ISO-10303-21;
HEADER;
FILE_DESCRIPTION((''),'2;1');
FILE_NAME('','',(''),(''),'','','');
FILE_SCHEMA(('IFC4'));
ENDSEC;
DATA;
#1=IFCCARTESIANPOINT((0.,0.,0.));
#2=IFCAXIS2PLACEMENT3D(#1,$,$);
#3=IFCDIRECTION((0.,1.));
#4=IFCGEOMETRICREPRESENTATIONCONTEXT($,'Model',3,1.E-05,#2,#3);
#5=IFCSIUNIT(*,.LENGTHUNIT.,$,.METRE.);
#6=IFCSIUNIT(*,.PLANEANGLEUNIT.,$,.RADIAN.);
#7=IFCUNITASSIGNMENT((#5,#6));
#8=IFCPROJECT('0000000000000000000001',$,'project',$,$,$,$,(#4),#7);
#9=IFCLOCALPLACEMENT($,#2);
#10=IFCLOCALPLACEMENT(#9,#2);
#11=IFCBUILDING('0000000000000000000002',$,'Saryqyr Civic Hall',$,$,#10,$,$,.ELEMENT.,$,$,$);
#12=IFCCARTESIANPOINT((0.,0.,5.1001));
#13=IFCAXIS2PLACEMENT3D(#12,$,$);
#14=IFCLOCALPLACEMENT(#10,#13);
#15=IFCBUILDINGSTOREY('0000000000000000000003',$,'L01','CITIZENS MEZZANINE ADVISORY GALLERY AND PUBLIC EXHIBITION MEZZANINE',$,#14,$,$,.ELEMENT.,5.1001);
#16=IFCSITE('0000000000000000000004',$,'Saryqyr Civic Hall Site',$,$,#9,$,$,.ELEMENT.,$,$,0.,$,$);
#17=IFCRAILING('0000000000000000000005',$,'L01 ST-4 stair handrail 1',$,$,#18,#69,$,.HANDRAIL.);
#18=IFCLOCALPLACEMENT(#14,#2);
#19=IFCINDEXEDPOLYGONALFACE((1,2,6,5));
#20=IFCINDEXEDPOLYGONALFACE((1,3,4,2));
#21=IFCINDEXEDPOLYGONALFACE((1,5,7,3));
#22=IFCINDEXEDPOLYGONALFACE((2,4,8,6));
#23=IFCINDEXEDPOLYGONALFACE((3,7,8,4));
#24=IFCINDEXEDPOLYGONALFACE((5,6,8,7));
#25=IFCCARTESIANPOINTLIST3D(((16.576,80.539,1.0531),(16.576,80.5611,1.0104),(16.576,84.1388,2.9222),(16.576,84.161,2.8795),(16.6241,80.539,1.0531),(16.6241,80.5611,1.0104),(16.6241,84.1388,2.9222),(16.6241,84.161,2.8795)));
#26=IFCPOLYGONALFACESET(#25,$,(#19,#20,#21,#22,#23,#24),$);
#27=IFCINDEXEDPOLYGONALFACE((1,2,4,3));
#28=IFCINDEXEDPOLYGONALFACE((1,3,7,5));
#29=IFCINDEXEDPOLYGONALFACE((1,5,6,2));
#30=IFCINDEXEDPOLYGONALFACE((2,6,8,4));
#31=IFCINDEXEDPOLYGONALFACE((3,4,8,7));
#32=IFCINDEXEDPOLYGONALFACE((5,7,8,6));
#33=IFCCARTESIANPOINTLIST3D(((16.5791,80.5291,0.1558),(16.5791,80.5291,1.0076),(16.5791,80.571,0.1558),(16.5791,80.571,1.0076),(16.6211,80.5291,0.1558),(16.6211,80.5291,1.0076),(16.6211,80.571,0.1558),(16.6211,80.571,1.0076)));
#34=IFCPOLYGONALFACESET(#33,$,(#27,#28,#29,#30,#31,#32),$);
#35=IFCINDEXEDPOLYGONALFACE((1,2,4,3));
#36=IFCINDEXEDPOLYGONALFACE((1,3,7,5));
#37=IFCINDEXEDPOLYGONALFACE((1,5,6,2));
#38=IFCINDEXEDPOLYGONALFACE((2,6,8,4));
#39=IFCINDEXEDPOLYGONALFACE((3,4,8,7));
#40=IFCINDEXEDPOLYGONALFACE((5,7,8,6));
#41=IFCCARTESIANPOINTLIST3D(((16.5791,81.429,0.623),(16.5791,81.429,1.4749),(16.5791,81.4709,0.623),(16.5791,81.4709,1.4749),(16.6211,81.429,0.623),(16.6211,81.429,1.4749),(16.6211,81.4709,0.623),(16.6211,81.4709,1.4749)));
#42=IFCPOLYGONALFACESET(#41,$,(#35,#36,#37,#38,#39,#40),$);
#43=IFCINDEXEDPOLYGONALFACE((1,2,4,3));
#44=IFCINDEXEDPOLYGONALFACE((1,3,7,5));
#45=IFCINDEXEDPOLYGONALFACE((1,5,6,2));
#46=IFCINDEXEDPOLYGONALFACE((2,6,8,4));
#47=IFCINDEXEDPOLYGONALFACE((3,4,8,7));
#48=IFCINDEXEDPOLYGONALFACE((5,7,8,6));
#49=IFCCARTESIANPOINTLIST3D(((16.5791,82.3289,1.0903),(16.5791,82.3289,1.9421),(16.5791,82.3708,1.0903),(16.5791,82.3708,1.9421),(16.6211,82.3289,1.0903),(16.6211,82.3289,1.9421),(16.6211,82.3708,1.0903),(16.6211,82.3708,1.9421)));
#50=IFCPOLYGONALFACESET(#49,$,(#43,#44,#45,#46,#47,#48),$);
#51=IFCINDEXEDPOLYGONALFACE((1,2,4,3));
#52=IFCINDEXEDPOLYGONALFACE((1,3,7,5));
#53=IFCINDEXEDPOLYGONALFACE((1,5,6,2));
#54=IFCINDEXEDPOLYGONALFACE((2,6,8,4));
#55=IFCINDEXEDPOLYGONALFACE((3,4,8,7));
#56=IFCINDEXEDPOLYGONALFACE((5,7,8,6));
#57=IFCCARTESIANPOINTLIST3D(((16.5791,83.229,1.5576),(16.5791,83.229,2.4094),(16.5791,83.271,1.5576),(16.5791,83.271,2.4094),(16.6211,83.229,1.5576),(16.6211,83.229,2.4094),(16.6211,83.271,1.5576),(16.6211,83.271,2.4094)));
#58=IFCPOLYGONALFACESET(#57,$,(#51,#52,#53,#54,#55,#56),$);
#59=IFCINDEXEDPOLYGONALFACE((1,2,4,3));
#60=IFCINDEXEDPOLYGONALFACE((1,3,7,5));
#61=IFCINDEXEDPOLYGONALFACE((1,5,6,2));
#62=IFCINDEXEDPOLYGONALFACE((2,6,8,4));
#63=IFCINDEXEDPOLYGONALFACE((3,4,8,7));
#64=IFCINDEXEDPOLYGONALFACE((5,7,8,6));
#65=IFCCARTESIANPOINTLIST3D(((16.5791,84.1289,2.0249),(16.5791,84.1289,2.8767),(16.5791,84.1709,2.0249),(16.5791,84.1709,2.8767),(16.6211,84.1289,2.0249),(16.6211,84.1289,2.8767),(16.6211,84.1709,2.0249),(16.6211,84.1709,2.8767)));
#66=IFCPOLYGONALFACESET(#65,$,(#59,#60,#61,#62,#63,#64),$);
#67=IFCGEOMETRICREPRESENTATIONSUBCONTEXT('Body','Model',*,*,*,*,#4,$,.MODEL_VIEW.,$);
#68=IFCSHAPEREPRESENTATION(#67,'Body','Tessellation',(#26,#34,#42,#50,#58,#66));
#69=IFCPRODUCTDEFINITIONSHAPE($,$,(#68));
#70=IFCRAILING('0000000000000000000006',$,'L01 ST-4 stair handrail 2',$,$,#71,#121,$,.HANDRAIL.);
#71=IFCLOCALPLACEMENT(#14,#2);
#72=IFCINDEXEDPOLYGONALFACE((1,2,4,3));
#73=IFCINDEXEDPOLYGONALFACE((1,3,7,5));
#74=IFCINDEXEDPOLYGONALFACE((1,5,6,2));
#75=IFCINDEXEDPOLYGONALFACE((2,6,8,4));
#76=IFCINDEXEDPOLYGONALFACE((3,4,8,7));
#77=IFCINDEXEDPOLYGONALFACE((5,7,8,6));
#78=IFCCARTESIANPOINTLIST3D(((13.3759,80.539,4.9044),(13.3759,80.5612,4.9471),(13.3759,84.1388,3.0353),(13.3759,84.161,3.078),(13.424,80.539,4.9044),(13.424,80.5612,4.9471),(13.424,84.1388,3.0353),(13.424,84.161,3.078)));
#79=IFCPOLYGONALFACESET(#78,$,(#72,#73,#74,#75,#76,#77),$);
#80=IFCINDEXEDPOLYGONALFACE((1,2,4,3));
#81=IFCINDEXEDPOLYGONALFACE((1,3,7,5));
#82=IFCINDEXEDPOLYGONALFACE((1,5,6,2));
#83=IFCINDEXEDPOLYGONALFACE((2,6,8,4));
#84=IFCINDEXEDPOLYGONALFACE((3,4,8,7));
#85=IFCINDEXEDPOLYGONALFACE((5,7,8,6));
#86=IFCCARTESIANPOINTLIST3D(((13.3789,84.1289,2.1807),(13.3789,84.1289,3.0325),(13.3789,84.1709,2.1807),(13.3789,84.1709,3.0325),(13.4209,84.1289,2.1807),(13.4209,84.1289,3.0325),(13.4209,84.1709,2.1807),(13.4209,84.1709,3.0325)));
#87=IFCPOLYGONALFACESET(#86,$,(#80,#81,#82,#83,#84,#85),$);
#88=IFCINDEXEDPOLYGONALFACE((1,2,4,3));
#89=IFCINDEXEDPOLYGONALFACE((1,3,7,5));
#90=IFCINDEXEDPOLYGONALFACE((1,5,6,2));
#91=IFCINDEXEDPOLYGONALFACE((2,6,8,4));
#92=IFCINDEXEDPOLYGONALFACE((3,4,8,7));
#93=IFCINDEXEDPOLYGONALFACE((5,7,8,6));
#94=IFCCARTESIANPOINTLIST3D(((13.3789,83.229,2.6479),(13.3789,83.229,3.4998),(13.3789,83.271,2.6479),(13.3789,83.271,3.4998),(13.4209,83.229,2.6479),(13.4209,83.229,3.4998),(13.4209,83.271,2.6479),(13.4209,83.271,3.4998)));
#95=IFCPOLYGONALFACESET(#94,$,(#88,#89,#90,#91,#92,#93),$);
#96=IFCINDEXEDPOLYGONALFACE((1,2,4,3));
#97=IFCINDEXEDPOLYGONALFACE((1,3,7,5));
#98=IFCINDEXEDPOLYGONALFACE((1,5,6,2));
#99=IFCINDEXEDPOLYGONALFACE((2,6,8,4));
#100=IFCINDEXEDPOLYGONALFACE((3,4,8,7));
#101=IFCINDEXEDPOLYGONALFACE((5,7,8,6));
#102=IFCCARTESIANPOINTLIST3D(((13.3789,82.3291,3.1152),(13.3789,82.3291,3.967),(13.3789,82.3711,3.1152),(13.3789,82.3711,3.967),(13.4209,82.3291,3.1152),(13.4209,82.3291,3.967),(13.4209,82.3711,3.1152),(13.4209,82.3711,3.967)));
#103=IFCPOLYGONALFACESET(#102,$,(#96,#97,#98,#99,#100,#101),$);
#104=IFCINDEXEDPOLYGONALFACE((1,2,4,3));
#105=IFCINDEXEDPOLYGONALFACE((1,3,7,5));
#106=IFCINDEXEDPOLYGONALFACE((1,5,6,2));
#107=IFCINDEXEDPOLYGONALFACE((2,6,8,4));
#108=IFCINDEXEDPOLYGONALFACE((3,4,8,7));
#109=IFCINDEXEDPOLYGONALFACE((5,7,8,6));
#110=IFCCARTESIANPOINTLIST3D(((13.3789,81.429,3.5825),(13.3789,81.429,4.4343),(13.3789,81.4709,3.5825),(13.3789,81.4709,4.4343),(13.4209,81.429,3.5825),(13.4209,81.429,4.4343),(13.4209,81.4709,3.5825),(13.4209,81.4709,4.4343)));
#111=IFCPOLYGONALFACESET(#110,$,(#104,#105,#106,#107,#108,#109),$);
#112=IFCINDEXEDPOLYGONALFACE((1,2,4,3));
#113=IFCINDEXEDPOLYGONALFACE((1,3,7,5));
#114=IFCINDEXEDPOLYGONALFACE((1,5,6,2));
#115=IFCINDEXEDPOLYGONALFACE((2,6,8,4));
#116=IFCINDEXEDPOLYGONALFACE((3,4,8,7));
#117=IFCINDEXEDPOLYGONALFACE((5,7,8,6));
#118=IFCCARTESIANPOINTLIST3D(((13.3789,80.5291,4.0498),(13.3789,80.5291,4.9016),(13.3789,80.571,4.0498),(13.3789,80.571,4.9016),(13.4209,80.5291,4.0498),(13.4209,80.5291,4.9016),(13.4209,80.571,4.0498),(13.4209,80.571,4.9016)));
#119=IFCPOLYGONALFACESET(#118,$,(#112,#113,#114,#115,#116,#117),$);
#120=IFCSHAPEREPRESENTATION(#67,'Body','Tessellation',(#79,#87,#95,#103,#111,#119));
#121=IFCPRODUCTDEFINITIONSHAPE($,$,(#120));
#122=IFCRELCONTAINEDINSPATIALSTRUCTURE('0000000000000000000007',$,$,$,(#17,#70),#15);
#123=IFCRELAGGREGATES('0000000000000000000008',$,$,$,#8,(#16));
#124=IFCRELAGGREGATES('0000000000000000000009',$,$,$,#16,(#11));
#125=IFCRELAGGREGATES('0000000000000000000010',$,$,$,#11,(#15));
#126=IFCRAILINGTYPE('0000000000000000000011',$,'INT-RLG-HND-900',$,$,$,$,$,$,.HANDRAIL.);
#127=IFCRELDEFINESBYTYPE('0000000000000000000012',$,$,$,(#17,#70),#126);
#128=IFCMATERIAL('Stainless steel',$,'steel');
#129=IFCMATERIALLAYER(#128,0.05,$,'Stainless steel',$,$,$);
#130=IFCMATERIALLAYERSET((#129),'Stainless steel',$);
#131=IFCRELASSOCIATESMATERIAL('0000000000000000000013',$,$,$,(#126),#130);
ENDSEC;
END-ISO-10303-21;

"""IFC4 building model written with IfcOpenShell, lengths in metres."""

from ifc_helpers import new_model, si_unit, direction, frame, origin, origin_2d, place, context, subcontext, project, spatial, rectangle, extrude, material, layer, layer_set, type_object, element, save


model = new_model("IFC4")

# Units and contexts
model_context = context("Model", 3, precision=1e-05, world=origin(), true_north=direction((0.0, 1.0)))
body_context = subcontext(model_context, "Body", "Model", "MODEL_VIEW")
ifc_project = project(units=[si_unit("LENGTHUNIT", "METRE"), si_unit("PLANEANGLEUNIT", "RADIAN")], contexts=[model_context])

# Site, building, storey
site_placement = place(None, origin())
site = spatial("IfcSite", under=ifc_project, at=site_placement, Name="Saryqyr Civic Hall Site", CompositionType="ELEMENT", RefElevation=0.0)
building_placement = place(site_placement, origin())
building = spatial("IfcBuilding", under=site, at=building_placement, Name="Saryqyr Civic Hall", CompositionType="ELEMENT")
storey_placement = place(building_placement, frame((0.0, 0.0, 5.1001)))
storey = spatial("IfcBuildingStorey", under=building, at=storey_placement, Name="L01", Description="CITIZENS MEZZANINE ADVISORY GALLERY AND PUBLIC EXHIBITION MEZZANINE", CompositionType="ELEMENT", Elevation=5.1001)

# Railings
ifc_material_1 = material(Name="Stainless steel", Category="steel")
ifc_layer_1 = layer(ifc_material_1, 0.05, Name="Stainless steel")
ifc_layer_set_1 = layer_set([ifc_layer_1], Name="Stainless steel")
railing_type_1 = type_object("IfcRailingType", Name="INT-RLG-HND-900", PredefinedType="HANDRAIL", material=ifc_layer_set_1)
railing_1_placement = place(storey_placement, frame((16.6001, 80.55, 0.1558)))
element("IfcRailing", 1, at=railing_1_placement, inside=storey, type_object=railing_type_1, Name="L01 ST-4 stair handrail 1", PredefinedType="HANDRAIL", context=body_context, shape_type="SweptSolid", body=[
    extrude(rectangle(XDim=0.0481, YDim=0.0481, at=origin_2d()), frame((0.0, 0.0, 0.876), z_axis=(0.0, 0.887497, 0.460813), x_axis=(-1.0, 0.0, 0.0)), (0.0, 0.0, 1.0), 4.0562),
    extrude(rectangle(XDim=0.042, YDim=0.042, at=origin_2d()), origin(), (0.0, 0.0, 1.0), 0.8518),
    extrude(rectangle(XDim=0.042, YDim=0.042, at=origin_2d()), frame((0.0, 0.8999, 0.4673)), (0.0, 0.0, 1.0), 0.8518),
    extrude(rectangle(XDim=0.042, YDim=0.042, at=origin_2d()), frame((0.0, 1.7998, 0.9346)), (0.0, 0.0, 1.0), 0.8518),
    extrude(rectangle(XDim=0.042, YDim=0.042, at=origin_2d()), frame((0.0, 2.7, 1.4019)), (0.0, 0.0, 1.0), 0.8518),
    extrude(rectangle(XDim=0.042, YDim=0.042, at=origin_2d()), frame((0.0, 3.5999, 1.8691)), (0.0, 0.0, 1.0), 0.8518),
])
railing_2_placement = place(storey_placement, frame((13.3999, 84.1499, 2.1807)))
element("IfcRailing", 2, at=railing_2_placement, inside=storey, type_object=railing_type_1, Name="L01 ST-4 stair handrail 2", PredefinedType="HANDRAIL", context=body_context, shape_type="SweptSolid", body=[
    extrude(rectangle(XDim=0.0481, YDim=0.0481, at=origin_2d()), frame((0.0, 0.0, 0.876), z_axis=(0.0, -0.887497, 0.460813), x_axis=(1.0, 0.0, 0.0)), (0.0, 0.0, 1.0), 4.0562),
    extrude(rectangle(XDim=0.042, YDim=0.042, at=origin_2d()), origin(), (0.0, 0.0, 1.0), 0.8518),
    extrude(rectangle(XDim=0.042, YDim=0.042, at=origin_2d()), frame((0.0, -0.8999, 0.4673)), (0.0, 0.0, 1.0), 0.8518),
    extrude(rectangle(XDim=0.042, YDim=0.042, at=origin_2d()), frame((0.0, -1.7998, 0.9346)), (0.0, 0.0, 1.0), 0.8518),
    extrude(rectangle(XDim=0.042, YDim=0.042, at=origin_2d()), frame((0.0, -2.7, 1.4019)), (0.0, 0.0, 1.0), 0.8518),
    extrude(rectangle(XDim=0.042, YDim=0.042, at=origin_2d()), frame((0.0, -3.5999, 1.8691)), (0.0, 0.0, 1.0), 0.8518),
])

save(model, "model.ifc")
